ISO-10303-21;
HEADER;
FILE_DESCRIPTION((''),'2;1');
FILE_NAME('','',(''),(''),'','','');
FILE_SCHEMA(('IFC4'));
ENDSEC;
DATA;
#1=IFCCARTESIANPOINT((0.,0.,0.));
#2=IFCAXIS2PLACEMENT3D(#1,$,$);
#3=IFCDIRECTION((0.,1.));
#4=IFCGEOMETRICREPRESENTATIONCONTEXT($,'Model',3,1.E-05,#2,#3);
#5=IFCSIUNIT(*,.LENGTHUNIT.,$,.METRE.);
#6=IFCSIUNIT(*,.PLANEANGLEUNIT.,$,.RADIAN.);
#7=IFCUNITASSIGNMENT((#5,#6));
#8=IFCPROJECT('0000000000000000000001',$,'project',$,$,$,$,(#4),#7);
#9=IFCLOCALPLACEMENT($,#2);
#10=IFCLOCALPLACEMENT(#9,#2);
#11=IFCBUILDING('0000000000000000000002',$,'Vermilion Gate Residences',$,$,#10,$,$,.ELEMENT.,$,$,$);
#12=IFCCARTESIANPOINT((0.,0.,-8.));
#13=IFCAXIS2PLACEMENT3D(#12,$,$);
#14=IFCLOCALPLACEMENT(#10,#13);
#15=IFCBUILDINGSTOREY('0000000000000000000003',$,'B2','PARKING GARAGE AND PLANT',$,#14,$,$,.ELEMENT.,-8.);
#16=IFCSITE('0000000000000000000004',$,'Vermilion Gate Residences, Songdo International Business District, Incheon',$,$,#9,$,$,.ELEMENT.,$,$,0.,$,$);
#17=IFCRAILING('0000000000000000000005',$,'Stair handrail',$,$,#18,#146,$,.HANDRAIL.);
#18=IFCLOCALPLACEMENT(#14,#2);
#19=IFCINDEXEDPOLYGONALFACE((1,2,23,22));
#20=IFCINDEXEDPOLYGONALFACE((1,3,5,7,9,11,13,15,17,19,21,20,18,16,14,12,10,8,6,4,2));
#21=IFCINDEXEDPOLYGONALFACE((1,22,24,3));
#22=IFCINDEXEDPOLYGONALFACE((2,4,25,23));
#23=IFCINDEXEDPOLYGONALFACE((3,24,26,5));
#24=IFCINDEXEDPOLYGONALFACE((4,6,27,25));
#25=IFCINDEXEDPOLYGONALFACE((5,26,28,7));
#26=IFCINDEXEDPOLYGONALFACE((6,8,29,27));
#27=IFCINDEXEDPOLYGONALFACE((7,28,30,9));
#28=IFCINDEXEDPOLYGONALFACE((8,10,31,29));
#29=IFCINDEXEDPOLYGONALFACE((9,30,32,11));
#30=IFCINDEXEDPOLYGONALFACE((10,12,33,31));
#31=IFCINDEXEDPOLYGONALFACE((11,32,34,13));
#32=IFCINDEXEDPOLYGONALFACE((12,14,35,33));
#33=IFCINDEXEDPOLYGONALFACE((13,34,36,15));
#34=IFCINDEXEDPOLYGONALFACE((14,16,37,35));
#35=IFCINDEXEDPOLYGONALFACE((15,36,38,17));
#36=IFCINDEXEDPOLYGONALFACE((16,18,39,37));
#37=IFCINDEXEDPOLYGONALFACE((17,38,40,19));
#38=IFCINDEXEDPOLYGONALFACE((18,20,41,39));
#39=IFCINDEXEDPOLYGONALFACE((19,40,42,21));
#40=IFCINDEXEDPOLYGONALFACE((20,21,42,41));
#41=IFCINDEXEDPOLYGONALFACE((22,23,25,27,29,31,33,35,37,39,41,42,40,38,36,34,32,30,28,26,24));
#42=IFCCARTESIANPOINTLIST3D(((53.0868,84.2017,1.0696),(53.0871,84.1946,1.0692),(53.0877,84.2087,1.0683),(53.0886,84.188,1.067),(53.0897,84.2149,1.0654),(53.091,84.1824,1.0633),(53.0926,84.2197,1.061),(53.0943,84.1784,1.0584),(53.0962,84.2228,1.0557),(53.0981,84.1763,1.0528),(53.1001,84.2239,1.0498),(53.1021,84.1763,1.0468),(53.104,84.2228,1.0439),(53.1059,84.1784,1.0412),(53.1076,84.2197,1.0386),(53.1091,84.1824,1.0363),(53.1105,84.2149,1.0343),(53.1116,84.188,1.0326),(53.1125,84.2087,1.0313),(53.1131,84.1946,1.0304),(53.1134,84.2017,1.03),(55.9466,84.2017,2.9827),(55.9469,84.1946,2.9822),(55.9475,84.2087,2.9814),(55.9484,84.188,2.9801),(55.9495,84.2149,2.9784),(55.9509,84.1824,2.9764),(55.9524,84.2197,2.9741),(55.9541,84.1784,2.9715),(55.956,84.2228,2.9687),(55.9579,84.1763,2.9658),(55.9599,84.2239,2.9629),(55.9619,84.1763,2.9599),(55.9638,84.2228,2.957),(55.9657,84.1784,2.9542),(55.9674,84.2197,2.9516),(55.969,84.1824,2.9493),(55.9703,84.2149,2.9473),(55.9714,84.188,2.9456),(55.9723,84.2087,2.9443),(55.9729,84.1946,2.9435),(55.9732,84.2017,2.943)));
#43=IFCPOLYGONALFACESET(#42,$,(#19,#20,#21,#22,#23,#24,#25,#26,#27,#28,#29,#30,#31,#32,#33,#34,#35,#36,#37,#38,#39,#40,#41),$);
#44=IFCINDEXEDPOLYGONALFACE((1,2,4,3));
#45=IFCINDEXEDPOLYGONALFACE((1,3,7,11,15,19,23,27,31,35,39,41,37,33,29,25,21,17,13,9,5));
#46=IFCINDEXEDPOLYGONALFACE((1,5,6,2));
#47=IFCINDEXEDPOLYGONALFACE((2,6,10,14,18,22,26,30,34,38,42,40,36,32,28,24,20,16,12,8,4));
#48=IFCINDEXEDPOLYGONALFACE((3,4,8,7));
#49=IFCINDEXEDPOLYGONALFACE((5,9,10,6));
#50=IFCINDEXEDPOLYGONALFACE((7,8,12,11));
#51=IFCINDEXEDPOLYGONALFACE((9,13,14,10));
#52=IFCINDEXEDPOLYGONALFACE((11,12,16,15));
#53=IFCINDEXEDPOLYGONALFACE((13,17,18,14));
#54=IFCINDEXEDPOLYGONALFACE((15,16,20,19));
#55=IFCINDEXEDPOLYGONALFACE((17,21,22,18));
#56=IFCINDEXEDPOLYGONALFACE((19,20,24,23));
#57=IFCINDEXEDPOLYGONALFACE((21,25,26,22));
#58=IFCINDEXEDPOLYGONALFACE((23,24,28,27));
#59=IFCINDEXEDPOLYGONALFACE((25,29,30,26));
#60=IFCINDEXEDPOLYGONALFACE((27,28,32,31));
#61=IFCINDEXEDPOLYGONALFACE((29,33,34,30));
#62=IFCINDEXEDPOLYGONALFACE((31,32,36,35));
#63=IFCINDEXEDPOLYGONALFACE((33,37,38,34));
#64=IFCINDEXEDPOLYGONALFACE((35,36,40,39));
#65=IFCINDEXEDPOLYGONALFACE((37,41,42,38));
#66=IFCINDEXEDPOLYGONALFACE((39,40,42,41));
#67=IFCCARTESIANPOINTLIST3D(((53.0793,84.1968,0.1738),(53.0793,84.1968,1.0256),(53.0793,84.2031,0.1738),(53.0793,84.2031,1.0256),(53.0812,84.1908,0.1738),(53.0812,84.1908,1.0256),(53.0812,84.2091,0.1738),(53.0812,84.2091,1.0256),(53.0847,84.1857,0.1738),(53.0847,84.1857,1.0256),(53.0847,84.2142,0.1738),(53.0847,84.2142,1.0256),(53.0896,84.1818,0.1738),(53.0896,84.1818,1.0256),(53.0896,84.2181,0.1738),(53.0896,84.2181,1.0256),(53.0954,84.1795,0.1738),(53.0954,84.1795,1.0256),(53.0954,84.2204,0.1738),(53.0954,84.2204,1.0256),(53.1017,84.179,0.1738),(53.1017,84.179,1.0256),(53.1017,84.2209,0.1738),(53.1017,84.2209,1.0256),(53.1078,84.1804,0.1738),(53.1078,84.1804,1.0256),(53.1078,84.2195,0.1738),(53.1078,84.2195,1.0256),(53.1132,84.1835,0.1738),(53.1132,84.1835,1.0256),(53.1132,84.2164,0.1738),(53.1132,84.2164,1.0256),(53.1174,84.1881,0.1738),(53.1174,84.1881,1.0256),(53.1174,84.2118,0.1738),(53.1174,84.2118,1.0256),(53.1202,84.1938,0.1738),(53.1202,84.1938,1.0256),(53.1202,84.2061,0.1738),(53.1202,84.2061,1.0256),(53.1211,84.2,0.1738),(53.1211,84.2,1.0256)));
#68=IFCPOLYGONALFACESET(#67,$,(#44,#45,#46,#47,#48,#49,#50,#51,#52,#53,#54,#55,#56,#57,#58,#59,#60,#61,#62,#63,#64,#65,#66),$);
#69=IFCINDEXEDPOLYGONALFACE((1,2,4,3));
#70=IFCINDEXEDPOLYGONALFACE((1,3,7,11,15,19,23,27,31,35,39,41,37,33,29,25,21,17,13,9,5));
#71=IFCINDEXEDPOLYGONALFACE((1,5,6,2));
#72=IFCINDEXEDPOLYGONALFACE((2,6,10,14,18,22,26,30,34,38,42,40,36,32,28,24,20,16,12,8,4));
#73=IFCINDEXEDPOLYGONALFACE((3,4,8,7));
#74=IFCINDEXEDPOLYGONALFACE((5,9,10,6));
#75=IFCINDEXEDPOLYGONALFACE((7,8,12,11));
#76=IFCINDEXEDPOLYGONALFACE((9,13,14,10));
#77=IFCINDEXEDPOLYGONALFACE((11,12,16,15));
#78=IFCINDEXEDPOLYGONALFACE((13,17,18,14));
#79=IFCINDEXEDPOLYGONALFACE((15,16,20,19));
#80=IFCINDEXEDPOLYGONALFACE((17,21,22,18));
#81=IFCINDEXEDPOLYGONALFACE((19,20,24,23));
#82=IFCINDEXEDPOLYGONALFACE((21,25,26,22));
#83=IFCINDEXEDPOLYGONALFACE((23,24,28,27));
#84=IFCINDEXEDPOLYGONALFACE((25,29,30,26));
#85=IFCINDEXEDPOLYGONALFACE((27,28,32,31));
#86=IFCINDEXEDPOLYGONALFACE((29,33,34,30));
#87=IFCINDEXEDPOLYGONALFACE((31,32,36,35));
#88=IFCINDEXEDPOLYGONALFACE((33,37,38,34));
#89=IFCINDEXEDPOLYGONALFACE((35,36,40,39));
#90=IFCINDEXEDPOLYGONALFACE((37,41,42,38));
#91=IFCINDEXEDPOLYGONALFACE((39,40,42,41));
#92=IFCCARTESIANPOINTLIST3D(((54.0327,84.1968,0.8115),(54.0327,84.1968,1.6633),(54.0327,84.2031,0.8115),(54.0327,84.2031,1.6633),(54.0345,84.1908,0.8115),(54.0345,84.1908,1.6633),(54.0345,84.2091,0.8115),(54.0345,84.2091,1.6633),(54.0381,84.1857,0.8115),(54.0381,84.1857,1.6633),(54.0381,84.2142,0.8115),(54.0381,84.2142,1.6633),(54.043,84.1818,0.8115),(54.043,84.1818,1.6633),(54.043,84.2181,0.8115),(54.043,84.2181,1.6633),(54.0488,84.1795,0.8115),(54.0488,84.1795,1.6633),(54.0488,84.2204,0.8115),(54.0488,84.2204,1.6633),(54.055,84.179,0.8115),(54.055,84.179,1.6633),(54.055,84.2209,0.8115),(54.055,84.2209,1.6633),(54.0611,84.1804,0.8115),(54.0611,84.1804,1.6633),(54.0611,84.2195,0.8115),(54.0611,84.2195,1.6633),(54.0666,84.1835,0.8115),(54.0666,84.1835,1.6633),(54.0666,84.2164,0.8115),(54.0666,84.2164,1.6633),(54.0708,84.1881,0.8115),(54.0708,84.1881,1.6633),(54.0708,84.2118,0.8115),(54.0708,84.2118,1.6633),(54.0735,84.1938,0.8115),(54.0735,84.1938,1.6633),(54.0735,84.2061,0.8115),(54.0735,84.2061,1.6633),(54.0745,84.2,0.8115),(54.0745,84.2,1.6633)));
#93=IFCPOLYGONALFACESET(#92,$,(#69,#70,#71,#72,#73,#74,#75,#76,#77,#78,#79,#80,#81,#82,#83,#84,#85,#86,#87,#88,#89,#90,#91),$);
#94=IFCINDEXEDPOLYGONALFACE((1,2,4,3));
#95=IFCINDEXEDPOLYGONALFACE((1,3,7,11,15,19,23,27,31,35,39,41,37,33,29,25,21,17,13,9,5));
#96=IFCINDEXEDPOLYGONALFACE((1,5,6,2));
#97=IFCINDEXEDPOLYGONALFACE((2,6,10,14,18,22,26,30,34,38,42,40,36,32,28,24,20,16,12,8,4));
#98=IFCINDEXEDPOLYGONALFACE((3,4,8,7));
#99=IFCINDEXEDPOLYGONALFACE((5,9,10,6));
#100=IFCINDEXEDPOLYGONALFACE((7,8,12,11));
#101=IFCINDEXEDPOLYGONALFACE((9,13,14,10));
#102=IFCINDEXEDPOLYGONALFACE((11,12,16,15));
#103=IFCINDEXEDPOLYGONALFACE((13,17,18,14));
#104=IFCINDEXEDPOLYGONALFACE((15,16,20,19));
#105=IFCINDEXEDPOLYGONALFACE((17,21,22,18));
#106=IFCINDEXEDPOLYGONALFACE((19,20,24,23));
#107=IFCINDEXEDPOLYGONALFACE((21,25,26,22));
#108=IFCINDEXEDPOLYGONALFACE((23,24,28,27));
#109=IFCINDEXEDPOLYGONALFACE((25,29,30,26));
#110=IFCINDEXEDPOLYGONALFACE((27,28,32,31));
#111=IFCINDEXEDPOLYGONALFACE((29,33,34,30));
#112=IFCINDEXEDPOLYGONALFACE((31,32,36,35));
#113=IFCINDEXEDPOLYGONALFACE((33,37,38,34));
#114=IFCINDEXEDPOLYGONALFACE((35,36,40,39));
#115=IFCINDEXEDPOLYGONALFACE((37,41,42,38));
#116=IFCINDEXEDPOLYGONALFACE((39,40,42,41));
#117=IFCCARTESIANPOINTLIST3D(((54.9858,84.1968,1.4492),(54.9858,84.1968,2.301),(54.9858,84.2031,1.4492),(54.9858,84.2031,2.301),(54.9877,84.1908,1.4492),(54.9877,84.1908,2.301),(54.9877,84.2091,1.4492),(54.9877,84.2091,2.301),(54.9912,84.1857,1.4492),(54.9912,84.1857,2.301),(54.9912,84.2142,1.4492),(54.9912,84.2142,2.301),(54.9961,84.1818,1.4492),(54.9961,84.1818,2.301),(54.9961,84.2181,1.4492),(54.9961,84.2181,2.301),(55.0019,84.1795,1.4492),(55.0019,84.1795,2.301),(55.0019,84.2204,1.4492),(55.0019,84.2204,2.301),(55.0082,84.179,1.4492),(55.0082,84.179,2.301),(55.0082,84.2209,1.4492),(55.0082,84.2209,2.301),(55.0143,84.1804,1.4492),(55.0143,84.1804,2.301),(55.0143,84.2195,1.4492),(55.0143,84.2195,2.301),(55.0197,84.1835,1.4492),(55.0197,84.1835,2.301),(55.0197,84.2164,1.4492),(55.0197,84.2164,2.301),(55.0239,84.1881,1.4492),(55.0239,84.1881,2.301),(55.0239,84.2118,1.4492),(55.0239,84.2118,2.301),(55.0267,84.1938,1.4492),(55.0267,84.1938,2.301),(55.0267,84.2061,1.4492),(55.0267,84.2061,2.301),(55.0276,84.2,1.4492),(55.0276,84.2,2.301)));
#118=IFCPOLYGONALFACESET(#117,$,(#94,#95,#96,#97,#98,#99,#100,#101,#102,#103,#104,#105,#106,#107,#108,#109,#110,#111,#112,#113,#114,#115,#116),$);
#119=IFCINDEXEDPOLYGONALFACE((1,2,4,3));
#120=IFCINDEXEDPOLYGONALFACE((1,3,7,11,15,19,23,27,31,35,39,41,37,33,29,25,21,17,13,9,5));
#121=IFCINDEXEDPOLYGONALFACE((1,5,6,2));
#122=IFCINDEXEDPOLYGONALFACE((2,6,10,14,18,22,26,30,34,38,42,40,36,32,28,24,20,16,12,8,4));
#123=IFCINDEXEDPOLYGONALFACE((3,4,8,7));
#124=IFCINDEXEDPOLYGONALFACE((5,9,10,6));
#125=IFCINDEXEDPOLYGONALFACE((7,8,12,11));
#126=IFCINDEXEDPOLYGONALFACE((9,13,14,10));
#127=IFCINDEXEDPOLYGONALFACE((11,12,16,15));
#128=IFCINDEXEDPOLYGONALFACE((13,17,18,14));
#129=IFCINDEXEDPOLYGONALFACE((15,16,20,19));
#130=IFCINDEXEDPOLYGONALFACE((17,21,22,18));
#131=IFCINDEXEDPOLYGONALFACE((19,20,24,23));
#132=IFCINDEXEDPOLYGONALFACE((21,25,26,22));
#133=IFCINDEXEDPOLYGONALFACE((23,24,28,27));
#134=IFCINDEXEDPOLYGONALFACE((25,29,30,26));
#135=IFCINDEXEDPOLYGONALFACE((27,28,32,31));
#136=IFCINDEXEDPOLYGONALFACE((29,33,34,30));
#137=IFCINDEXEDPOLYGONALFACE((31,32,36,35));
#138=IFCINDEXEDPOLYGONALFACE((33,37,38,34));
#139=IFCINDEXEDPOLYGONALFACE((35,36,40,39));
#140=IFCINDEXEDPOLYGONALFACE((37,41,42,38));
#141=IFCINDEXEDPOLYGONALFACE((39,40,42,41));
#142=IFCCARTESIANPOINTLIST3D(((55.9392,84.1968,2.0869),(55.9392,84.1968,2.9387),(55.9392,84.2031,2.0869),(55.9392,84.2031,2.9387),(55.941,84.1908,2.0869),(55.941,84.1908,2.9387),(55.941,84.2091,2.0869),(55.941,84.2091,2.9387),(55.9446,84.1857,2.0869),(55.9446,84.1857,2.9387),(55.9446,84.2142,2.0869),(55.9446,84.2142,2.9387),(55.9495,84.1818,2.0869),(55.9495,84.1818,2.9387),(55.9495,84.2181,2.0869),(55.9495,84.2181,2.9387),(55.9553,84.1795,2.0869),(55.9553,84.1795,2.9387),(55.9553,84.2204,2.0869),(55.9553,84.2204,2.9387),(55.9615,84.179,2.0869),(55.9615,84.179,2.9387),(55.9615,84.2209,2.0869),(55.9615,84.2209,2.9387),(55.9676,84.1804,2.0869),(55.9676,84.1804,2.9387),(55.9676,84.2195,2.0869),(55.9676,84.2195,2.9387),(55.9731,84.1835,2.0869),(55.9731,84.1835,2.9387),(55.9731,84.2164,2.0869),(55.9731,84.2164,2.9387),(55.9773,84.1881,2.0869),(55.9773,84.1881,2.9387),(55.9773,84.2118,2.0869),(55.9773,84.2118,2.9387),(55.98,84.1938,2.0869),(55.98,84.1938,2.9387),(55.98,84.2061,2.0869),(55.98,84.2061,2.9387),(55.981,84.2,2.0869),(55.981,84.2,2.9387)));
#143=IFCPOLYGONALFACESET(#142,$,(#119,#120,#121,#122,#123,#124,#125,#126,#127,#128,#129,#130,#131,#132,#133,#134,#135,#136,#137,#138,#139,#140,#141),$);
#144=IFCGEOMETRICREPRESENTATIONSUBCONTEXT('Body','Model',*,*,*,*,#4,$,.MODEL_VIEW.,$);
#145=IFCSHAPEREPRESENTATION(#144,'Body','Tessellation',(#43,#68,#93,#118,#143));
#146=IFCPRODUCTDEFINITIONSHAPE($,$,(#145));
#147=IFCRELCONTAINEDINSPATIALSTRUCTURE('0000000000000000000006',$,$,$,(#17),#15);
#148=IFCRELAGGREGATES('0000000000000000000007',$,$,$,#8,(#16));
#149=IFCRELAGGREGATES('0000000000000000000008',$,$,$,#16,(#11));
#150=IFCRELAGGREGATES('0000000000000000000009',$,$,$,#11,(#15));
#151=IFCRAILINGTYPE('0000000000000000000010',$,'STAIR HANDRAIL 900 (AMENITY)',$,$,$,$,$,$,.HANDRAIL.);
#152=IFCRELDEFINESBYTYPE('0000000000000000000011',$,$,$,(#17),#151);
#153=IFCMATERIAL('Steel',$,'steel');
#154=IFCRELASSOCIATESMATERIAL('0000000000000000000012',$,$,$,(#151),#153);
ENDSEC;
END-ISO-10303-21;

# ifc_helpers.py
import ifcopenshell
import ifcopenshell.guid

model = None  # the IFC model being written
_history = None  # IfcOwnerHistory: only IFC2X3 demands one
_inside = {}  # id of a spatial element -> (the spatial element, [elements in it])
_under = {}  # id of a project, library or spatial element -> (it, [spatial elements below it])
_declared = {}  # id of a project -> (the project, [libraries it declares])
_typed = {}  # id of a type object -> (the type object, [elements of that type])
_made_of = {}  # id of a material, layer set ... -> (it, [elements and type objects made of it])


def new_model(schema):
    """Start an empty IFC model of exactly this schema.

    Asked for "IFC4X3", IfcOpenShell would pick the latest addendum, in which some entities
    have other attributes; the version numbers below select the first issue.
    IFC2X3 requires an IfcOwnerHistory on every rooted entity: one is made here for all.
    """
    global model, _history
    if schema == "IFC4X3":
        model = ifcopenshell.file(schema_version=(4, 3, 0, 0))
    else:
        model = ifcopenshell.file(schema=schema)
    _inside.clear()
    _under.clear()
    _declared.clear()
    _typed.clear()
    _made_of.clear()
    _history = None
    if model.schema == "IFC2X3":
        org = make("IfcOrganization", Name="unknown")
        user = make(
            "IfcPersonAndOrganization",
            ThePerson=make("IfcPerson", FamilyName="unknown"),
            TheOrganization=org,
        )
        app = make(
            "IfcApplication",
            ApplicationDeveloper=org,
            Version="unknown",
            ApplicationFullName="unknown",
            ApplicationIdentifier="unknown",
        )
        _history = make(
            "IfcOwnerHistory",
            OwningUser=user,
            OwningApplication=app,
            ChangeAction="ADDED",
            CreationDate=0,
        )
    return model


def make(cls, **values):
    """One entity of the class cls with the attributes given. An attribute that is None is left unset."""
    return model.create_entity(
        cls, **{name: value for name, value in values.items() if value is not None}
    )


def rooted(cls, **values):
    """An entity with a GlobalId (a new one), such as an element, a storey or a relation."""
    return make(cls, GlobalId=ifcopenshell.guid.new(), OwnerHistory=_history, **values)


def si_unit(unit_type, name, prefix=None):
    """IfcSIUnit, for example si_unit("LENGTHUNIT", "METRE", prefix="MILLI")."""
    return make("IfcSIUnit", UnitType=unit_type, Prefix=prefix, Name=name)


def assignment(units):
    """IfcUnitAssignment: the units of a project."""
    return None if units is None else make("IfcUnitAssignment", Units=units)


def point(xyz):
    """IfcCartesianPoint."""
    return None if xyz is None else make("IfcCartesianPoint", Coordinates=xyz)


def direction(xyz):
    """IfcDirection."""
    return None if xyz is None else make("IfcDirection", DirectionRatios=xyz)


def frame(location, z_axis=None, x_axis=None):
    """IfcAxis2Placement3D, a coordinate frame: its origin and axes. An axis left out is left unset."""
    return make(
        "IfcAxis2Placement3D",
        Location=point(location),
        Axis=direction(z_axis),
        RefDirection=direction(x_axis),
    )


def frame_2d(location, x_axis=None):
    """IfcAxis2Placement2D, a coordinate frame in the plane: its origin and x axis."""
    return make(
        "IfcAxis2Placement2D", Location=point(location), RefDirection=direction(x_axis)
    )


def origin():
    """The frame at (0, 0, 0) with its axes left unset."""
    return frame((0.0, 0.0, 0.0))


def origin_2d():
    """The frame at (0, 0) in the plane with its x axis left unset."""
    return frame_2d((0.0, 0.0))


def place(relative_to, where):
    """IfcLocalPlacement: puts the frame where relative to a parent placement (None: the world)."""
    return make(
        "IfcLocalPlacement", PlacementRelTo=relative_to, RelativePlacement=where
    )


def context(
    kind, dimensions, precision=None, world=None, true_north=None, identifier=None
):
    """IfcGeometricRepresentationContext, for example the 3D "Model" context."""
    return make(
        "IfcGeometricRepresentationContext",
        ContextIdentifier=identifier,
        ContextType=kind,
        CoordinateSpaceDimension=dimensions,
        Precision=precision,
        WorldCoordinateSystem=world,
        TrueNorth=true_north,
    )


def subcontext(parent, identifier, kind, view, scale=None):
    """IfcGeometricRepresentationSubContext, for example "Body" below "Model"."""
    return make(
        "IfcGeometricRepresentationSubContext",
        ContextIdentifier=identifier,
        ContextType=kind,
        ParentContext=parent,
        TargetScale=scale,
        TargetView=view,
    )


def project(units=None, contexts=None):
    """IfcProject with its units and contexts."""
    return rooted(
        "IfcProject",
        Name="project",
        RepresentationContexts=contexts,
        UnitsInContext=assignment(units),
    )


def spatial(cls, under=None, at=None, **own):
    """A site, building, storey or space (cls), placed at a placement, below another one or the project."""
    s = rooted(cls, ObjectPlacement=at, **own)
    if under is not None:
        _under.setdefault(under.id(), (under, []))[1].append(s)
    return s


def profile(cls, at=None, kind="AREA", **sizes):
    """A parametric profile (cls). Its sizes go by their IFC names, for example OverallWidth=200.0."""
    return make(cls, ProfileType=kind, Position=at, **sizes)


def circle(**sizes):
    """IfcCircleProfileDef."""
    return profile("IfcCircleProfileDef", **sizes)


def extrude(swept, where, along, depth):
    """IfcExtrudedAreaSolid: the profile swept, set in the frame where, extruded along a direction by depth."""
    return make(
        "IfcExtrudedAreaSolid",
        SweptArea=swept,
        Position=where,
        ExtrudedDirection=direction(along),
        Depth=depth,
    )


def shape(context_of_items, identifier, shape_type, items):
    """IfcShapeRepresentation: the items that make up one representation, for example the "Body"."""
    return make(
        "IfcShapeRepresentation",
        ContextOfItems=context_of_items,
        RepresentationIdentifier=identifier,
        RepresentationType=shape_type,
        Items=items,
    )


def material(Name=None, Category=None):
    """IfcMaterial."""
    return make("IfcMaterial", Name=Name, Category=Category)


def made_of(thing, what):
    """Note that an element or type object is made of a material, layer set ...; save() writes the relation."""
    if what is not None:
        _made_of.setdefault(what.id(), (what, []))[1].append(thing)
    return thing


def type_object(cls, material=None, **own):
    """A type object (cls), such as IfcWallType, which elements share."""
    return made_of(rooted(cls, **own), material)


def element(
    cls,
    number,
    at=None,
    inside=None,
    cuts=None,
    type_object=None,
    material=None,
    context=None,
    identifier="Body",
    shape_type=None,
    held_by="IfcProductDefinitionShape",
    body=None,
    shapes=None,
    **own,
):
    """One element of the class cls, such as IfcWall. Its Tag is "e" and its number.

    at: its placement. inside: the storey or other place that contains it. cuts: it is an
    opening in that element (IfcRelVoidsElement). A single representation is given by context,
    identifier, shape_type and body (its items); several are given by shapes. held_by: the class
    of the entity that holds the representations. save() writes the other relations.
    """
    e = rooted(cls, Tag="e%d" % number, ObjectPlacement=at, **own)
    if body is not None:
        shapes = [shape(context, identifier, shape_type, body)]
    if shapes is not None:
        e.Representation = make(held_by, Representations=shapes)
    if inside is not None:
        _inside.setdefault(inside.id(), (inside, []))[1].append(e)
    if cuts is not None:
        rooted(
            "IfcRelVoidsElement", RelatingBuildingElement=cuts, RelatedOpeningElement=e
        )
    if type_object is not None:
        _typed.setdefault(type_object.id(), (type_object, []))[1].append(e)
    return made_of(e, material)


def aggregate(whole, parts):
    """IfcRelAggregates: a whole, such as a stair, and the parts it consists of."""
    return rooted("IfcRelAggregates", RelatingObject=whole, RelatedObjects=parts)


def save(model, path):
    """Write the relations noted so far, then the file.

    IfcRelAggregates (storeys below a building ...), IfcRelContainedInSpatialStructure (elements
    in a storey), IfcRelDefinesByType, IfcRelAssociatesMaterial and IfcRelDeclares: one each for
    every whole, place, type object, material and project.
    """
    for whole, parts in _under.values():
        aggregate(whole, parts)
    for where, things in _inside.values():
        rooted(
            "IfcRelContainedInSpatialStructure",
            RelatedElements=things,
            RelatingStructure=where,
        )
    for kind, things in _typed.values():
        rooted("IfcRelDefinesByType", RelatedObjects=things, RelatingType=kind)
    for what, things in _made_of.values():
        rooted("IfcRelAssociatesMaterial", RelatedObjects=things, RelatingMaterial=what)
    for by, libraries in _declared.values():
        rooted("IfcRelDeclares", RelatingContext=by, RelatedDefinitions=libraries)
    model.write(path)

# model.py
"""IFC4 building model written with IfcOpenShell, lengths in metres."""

from ifc_helpers import new_model, si_unit, direction, frame, origin, origin_2d, place, context, subcontext, project, spatial, circle, extrude, material, type_object, element, save


model = new_model("IFC4")

# Units and contexts
model_context = context("Model", 3, precision=1e-05, world=origin(), true_north=direction((0.0, 1.0)))
body_context = subcontext(model_context, "Body", "Model", "MODEL_VIEW")
ifc_project = project(units=[si_unit("LENGTHUNIT", "METRE"), si_unit("PLANEANGLEUNIT", "RADIAN")], contexts=[model_context])

# Site, building, storey
site_placement = place(None, origin())
site = spatial("IfcSite", under=ifc_project, at=site_placement, Name="Vermilion Gate Residences, Songdo International Business District, Incheon", CompositionType="ELEMENT", RefElevation=0.0)
building_placement = place(site_placement, origin())
building = spatial("IfcBuilding", under=site, at=building_placement, Name="Vermilion Gate Residences", CompositionType="ELEMENT")
storey_placement = place(building_placement, frame((0.0, 0.0, -8.0)))
storey = spatial("IfcBuildingStorey", under=building, at=storey_placement, Name="B2", Description="PARKING GARAGE AND PLANT", CompositionType="ELEMENT", Elevation=-8.0)

# Railing
ifc_material_1 = material(Name="Steel", Category="steel")
railing_type = type_object("IfcRailingType", Name="STAIR HANDRAIL 900 (AMENITY)", PredefinedType="HANDRAIL", material=ifc_material_1)
railing_1_placement = place(storey_placement, frame((53.1001, 84.2, 0.1738)))
element("IfcRailing", 1, at=railing_1_placement, inside=storey, type_object=railing_type, Name="Stair handrail", PredefinedType="HANDRAIL", context=body_context, shape_type="SweptSolid", body=[
    extrude(circle(Radius=0.0239, at=origin_2d()), frame((0.0, 0.0, 0.876), z_axis=(0.831176, 0.0, 0.556009), x_axis=(0.0, 1.0, 0.0)), (0.0, 0.0, 1.0), 3.4407),
    extrude(circle(Radius=0.021, at=origin_2d()), origin(), (0.0, 0.0, 1.0), 0.8518),
    extrude(circle(Radius=0.021, at=origin_2d()), frame((0.9534, 0.0, 0.6377)), (0.0, 0.0, 1.0), 0.8518),
    extrude(circle(Radius=0.021, at=origin_2d()), frame((1.9065, 0.0, 1.2754)), (0.0, 0.0, 1.0), 0.8518),
    extrude(circle(Radius=0.021, at=origin_2d()), frame((2.8599, 0.0, 1.9131)), (0.0, 0.0, 1.0), 0.8518),
])

save(model, "model.ifc")
